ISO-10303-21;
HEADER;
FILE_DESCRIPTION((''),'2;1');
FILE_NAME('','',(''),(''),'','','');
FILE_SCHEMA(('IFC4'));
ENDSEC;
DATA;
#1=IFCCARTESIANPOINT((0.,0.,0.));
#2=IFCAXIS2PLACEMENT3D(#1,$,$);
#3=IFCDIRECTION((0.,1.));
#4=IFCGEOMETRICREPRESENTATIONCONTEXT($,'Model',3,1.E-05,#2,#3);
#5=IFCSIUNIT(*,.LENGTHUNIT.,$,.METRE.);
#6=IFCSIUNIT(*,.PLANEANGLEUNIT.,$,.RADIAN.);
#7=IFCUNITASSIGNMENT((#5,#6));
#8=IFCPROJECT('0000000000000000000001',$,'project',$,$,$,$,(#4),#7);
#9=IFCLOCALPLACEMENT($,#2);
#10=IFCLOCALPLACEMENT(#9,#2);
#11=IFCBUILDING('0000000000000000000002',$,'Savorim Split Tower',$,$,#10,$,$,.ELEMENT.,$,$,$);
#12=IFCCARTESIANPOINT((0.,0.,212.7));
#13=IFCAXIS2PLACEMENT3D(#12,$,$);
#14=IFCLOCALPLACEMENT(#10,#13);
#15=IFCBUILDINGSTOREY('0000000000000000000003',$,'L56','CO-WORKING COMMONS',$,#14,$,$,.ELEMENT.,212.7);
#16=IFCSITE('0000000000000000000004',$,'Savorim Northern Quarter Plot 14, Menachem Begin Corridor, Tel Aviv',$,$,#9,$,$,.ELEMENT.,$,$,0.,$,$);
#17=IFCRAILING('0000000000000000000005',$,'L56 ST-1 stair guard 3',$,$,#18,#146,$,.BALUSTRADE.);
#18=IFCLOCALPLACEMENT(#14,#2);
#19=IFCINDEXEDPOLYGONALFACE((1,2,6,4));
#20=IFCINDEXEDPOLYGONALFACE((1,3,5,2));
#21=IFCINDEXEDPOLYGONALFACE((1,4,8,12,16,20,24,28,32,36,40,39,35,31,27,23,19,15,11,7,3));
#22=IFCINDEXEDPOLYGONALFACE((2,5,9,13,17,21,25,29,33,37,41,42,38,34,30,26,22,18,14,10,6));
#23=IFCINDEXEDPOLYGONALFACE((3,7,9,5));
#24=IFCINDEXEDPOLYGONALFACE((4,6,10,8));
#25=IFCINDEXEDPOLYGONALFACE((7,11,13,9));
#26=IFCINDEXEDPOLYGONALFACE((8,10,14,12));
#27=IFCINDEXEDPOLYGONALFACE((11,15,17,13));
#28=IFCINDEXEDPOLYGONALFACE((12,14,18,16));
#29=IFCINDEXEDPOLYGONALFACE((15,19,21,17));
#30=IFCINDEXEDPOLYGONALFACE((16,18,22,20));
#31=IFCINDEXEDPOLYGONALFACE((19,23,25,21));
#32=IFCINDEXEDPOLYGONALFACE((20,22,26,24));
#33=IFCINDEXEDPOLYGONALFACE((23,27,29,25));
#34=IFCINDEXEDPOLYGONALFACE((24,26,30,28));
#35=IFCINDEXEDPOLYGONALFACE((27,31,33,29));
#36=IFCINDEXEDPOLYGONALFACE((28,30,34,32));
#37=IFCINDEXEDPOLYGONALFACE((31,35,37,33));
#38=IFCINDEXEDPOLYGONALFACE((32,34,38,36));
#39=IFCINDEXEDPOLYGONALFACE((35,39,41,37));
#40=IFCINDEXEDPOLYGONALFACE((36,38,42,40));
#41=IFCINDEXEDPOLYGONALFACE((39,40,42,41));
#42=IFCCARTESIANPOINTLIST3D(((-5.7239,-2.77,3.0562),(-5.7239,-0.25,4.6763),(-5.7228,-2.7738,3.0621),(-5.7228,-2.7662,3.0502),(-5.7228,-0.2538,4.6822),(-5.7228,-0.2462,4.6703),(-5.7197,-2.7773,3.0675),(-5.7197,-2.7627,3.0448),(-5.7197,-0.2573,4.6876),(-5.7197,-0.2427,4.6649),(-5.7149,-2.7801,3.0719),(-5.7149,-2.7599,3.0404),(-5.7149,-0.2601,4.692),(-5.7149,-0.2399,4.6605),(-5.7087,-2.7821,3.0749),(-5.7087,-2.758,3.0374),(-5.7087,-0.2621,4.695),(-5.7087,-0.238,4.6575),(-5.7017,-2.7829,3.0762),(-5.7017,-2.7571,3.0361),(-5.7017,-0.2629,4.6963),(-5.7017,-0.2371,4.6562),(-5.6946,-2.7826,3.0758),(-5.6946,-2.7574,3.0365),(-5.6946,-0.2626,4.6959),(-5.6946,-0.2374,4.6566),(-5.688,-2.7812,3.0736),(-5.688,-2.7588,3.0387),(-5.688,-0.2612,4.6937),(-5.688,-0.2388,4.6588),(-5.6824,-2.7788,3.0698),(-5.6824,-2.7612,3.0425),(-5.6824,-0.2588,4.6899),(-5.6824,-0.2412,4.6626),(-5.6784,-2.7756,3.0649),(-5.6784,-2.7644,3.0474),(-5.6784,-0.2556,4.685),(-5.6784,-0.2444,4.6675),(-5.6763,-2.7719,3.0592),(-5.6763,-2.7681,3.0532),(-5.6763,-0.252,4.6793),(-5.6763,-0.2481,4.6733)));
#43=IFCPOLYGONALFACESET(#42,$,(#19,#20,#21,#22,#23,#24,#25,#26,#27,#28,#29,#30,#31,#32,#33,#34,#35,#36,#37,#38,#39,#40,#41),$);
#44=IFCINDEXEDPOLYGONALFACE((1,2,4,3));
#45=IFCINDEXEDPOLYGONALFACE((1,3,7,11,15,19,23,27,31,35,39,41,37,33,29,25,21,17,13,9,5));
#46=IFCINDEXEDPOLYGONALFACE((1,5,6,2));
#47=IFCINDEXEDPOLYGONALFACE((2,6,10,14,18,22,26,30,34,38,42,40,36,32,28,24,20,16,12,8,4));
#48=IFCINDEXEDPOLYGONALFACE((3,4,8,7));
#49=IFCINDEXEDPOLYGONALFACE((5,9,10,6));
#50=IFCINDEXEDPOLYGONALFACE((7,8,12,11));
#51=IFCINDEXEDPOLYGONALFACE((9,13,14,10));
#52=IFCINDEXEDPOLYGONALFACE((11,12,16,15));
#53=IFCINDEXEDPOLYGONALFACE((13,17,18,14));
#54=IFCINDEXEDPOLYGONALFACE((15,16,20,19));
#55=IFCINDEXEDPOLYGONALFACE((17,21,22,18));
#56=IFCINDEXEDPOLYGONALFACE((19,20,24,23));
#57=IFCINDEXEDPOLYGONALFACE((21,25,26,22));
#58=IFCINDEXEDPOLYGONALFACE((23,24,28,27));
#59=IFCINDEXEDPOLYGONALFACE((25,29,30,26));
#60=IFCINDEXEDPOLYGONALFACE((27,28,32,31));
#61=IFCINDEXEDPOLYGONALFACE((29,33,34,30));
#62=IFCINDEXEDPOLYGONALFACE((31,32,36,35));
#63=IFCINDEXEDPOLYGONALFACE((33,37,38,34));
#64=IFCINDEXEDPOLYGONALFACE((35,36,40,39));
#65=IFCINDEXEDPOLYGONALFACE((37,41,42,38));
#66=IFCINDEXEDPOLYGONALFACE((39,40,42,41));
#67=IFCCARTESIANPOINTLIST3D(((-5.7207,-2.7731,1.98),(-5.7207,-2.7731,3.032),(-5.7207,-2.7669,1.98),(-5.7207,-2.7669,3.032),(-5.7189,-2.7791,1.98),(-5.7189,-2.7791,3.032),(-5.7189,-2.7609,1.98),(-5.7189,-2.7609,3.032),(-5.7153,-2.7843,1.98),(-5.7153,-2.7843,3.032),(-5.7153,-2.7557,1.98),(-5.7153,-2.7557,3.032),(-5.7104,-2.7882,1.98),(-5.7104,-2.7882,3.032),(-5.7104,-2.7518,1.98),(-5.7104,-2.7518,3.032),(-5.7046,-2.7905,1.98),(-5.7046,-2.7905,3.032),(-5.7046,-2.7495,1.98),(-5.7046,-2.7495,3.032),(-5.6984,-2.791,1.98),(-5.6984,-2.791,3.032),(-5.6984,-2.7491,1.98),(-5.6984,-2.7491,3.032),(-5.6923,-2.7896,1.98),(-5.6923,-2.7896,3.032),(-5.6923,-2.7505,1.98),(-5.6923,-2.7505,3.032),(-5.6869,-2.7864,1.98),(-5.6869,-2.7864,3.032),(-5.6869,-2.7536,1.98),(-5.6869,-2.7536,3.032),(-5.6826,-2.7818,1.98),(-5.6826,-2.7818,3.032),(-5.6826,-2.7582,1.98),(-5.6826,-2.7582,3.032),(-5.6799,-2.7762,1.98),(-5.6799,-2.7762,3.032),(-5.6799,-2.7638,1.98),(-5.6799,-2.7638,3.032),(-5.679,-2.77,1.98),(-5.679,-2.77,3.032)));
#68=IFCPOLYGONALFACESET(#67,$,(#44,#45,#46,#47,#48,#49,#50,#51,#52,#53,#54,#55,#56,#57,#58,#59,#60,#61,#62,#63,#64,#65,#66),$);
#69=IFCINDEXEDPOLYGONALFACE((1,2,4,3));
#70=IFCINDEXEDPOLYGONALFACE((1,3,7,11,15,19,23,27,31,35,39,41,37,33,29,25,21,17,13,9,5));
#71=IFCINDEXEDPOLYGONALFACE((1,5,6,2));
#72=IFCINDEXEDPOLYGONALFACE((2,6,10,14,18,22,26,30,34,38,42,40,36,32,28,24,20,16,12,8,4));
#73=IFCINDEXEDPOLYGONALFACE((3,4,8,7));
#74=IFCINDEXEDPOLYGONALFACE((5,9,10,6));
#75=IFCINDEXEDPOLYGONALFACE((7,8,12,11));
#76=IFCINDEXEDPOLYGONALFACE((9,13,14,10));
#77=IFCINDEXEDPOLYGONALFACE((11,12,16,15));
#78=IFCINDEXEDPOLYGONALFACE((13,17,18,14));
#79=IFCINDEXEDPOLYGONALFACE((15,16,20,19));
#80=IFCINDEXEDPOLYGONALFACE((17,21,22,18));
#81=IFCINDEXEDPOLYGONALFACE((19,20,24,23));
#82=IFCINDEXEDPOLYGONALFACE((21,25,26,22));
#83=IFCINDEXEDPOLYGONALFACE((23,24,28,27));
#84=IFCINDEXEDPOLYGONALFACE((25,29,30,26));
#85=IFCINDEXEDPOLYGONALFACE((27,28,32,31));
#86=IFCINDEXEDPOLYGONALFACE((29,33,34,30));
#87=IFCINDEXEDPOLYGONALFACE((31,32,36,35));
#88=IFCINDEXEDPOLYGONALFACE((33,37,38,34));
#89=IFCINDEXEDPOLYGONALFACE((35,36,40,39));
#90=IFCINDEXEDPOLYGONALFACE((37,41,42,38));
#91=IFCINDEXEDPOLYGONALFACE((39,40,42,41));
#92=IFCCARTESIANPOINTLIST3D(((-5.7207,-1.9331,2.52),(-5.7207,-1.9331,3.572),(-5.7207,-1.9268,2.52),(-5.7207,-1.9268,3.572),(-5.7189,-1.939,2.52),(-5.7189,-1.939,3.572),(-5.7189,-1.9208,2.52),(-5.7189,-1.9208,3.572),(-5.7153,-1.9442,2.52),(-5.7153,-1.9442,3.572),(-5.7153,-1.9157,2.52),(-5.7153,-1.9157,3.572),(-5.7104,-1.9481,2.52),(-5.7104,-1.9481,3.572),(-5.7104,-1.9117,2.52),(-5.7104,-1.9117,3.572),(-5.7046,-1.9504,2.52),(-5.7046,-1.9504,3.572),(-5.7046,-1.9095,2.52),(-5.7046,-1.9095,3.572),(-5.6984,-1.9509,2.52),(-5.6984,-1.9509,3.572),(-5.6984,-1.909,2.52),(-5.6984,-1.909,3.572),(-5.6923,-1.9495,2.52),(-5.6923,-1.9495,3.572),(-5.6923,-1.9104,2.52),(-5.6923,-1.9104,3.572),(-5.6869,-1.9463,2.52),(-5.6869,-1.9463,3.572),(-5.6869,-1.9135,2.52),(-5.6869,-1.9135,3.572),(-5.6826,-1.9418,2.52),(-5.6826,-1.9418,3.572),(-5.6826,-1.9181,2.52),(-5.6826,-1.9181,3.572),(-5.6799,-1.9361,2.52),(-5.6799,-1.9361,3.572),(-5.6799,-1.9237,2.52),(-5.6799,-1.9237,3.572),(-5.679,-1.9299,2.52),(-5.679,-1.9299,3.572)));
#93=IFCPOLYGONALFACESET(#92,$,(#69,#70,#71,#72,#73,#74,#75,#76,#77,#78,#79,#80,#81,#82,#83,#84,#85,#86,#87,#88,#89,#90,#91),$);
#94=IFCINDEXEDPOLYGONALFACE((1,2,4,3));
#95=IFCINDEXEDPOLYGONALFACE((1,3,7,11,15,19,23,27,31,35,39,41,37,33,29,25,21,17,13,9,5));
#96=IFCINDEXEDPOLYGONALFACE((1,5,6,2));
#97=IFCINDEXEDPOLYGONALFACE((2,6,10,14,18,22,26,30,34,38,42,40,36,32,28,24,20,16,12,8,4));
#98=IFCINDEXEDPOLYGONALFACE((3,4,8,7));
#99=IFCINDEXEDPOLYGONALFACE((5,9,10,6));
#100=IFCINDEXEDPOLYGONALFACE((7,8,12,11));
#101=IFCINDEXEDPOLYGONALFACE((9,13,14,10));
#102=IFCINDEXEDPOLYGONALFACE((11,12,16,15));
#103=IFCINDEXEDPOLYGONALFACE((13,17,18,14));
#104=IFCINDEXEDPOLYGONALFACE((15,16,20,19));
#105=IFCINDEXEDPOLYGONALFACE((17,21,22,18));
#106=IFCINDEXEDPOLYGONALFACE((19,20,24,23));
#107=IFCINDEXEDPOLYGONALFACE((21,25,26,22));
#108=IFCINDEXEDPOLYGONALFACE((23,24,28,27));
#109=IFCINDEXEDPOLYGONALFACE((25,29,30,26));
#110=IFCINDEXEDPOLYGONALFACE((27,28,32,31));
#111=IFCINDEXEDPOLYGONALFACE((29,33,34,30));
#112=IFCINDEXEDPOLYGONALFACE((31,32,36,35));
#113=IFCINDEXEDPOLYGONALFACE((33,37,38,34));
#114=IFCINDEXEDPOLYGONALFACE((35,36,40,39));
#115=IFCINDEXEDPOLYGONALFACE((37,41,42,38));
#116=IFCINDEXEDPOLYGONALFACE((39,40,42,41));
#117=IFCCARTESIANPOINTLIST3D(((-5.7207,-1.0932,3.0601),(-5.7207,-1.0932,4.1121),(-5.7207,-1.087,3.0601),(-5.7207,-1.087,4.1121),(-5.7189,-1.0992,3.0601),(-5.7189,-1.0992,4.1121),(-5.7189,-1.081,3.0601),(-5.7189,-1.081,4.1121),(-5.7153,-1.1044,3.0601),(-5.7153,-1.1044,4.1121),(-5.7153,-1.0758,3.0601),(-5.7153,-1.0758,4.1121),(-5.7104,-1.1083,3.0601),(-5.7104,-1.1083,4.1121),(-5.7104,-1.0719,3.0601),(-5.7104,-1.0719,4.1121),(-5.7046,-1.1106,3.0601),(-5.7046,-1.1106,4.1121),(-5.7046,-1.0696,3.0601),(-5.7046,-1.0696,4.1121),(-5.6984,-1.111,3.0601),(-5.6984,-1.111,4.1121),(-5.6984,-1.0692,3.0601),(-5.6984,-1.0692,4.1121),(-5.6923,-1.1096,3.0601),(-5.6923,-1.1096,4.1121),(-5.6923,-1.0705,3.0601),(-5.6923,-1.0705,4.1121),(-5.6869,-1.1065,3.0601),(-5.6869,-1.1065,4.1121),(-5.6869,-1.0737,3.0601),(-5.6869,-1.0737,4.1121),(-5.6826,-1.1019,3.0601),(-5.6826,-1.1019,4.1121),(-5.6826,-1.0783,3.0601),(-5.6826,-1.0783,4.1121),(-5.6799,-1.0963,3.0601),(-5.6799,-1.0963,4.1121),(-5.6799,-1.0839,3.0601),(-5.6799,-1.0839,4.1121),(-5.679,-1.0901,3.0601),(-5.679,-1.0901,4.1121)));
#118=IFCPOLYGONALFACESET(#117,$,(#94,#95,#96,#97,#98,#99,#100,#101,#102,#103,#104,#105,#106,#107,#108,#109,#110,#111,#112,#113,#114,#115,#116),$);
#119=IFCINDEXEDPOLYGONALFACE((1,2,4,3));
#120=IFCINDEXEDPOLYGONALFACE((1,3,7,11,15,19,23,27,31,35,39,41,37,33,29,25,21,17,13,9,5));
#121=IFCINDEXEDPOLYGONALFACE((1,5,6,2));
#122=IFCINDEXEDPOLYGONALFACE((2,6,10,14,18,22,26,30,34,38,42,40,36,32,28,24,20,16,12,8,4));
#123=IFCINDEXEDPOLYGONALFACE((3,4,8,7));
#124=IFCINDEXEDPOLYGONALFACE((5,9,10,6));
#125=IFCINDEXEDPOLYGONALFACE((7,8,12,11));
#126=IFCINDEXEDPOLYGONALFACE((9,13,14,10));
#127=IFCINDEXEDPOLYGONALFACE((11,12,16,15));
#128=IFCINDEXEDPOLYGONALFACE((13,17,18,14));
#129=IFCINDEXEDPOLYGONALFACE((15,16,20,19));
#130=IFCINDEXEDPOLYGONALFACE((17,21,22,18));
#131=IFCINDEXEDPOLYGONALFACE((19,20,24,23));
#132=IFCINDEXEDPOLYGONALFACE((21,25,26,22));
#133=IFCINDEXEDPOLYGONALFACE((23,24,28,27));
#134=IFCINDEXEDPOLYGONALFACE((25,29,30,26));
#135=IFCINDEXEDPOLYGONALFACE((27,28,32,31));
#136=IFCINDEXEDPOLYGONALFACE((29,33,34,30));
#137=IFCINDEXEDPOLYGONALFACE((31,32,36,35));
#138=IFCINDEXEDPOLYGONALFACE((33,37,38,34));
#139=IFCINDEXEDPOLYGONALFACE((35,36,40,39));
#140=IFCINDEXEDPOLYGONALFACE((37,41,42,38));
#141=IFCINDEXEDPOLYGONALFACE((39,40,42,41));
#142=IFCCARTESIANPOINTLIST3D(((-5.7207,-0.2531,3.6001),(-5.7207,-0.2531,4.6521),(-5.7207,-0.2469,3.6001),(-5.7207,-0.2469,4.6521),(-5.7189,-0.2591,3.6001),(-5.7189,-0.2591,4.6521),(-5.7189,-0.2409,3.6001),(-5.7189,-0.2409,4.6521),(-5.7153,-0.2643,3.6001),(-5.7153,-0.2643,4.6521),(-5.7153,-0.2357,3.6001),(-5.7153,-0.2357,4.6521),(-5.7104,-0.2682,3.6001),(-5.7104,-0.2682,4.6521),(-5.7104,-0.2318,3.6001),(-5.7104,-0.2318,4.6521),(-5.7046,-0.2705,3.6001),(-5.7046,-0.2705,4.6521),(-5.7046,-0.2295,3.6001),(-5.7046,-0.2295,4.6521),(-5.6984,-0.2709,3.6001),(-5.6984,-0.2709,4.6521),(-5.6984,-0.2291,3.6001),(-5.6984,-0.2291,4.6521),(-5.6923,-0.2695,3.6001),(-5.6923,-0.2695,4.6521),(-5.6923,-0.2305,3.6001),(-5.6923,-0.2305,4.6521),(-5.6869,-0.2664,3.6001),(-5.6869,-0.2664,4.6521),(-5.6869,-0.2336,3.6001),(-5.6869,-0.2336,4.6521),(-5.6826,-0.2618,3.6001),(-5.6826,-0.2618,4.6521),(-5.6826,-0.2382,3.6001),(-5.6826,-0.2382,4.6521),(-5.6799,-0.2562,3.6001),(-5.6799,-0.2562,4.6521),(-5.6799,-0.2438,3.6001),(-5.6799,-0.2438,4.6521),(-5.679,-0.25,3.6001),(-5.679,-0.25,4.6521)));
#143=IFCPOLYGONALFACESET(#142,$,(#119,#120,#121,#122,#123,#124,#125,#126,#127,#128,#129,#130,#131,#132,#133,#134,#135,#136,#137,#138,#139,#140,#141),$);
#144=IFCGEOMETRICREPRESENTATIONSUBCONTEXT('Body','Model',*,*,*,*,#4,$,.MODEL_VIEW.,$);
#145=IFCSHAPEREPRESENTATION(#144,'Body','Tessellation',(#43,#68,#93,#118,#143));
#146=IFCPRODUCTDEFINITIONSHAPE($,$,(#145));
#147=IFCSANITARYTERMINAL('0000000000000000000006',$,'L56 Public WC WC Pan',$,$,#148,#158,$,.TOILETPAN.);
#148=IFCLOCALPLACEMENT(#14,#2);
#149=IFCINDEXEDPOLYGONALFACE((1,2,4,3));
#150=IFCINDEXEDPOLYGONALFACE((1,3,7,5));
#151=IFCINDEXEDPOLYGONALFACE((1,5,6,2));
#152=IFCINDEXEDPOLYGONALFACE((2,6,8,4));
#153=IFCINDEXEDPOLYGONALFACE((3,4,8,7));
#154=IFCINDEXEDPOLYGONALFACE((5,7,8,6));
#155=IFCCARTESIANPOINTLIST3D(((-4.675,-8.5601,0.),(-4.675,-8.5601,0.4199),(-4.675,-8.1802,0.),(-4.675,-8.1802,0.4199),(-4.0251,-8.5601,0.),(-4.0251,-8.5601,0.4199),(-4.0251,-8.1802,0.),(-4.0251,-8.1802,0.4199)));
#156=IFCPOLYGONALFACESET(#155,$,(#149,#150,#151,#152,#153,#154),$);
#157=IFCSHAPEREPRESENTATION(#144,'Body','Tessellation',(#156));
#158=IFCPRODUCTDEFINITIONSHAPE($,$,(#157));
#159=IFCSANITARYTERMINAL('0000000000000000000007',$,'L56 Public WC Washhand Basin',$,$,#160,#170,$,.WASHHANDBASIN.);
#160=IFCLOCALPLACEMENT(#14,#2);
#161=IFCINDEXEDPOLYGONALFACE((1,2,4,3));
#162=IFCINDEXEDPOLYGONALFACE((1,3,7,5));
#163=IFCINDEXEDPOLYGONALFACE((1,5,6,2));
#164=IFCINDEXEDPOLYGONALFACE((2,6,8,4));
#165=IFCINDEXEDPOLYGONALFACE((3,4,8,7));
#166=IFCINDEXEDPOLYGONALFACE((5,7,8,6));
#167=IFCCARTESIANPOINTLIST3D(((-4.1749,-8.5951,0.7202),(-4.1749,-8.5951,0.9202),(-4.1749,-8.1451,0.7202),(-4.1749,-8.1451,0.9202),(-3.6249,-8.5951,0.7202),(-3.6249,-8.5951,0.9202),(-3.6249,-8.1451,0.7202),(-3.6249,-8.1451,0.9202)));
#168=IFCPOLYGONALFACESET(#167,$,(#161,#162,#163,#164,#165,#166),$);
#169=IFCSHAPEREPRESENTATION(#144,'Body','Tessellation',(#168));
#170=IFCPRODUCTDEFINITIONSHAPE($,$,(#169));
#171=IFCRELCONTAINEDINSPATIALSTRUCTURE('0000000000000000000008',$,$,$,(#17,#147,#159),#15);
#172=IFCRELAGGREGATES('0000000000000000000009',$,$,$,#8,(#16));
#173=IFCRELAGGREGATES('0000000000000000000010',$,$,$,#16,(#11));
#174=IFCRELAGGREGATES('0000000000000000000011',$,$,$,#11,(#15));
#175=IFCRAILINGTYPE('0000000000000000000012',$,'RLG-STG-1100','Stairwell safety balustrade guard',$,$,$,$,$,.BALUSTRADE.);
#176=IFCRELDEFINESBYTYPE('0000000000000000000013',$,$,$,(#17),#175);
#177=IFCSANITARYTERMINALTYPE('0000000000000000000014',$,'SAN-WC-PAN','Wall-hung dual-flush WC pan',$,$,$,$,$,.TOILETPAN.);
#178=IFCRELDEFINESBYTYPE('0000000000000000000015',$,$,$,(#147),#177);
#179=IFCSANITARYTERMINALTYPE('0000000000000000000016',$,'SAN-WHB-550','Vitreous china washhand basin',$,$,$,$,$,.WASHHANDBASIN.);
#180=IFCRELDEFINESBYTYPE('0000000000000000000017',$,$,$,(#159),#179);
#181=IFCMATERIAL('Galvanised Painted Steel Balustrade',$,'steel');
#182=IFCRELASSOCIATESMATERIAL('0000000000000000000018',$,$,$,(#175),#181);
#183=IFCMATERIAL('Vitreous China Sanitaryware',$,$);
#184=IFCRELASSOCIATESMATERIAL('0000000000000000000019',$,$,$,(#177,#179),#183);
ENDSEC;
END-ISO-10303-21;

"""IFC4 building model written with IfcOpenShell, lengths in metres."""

from ifc_helpers import new_model, si_unit, direction, frame, origin, origin_2d, place, context, subcontext, project, spatial, rectangle, circle, extrude, material, type_object, element, save


model = new_model("IFC4")

# Units and contexts
model_context = context("Model", 3, precision=1e-05, world=origin(), true_north=direction((0.0, 1.0)))
body_context = subcontext(model_context, "Body", "Model", "MODEL_VIEW")
ifc_project = project(units=[si_unit("LENGTHUNIT", "METRE"), si_unit("PLANEANGLEUNIT", "RADIAN")], contexts=[model_context])

# Site, building, storey
site_placement = place(None, origin())
site = spatial("IfcSite", under=ifc_project, at=site_placement, Name="Savorim Northern Quarter Plot 14, Menachem Begin Corridor, Tel Aviv", CompositionType="ELEMENT", RefElevation=0.0)
building_placement = place(site_placement, origin())
building = spatial("IfcBuilding", under=site, at=building_placement, Name="Savorim Split Tower", CompositionType="ELEMENT")
storey_placement = place(building_placement, frame((0.0, 0.0, 212.7)))
storey = spatial("IfcBuildingStorey", under=building, at=storey_placement, Name="L56", Description="CO-WORKING COMMONS", CompositionType="ELEMENT", Elevation=212.7)

# Railing
ifc_material_1 = material(Name="Galvanised Painted Steel Balustrade", Category="steel")
railing_type_1 = type_object("IfcRailingType", Name="RLG-STG-1100", Description="Stairwell safety balustrade guard", PredefinedType="BALUSTRADE", material=ifc_material_1)
railing_1_placement = place(storey_placement, frame((-5.7, -2.77, 1.98)))
element("IfcRailing", 1, at=railing_1_placement, inside=storey, type_object=railing_type_1, Name="L56 ST-1 stair guard 3", PredefinedType="BALUSTRADE", context=body_context, shape_type="SweptSolid", body=[
    extrude(circle(Radius=0.0239, at=origin_2d()), frame((0.0, 0.0, 1.0762), z_axis=(0.0, 0.841163, 0.540782), x_axis=(-1.0, 0.0, 0.0)), (0.0, 0.0, 1.0), 2.9958),
    extrude(circle(Radius=0.021, at=origin_2d()), origin(), (0.0, 0.0, 1.0), 1.052),
    extrude(circle(Radius=0.021, at=origin_2d()), frame((0.0, 0.8401, 0.54)), (0.0, 0.0, 1.0), 1.052),
    extrude(circle(Radius=0.021, at=origin_2d()), frame((0.0, 1.6799, 1.0801)), (0.0, 0.0, 1.0), 1.052),
    extrude(circle(Radius=0.021, at=origin_2d()), frame((0.0, 2.52, 1.6201)), (0.0, 0.0, 1.0), 1.052),
])

# Sanitary terminals
ifc_material_2 = material(Name="Vitreous China Sanitaryware")
sanitary_terminal_type_1 = type_object("IfcSanitaryTerminalType", Name="SAN-WC-PAN", Description="Wall-hung dual-flush WC pan", PredefinedType="TOILETPAN", material=ifc_material_2)
sanitary_terminal_1_placement = place(storey_placement, frame((-4.3501, -8.3701, 0.0), z_axis=(0.0, 0.0, 1.0), x_axis=(1.0, 0.0, 0.0)))
element("IfcSanitaryTerminal", 2, at=sanitary_terminal_1_placement, inside=storey, type_object=sanitary_terminal_type_1, Name="L56 Public WC WC Pan", PredefinedType="TOILETPAN", context=body_context, shape_type="SweptSolid", body=[
    extrude(rectangle(XDim=0.6499, YDim=0.3799, at=origin_2d()), origin(), (0.0, 0.0, 1.0), 0.4199),
])
sanitary_terminal_type_2 = type_object("IfcSanitaryTerminalType", Name="SAN-WHB-550", Description="Vitreous china washhand basin", PredefinedType="WASHHANDBASIN", material=ifc_material_2)
sanitary_terminal_2_placement = place(storey_placement, frame((-3.8999, -8.3701, 0.7202), z_axis=(0.0, 0.0, 1.0), x_axis=(1.0, 0.0, 0.0)))
element("IfcSanitaryTerminal", 3, at=sanitary_terminal_2_placement, inside=storey, type_object=sanitary_terminal_type_2, Name="L56 Public WC Washhand Basin", PredefinedType="WASHHANDBASIN", context=body_context, shape_type="SweptSolid", body=[
    extrude(rectangle(XDim=0.55, YDim=0.45, at=origin_2d()), origin(), (0.0, 0.0, 1.0), 0.2),
])

save(model, "model.ifc")
